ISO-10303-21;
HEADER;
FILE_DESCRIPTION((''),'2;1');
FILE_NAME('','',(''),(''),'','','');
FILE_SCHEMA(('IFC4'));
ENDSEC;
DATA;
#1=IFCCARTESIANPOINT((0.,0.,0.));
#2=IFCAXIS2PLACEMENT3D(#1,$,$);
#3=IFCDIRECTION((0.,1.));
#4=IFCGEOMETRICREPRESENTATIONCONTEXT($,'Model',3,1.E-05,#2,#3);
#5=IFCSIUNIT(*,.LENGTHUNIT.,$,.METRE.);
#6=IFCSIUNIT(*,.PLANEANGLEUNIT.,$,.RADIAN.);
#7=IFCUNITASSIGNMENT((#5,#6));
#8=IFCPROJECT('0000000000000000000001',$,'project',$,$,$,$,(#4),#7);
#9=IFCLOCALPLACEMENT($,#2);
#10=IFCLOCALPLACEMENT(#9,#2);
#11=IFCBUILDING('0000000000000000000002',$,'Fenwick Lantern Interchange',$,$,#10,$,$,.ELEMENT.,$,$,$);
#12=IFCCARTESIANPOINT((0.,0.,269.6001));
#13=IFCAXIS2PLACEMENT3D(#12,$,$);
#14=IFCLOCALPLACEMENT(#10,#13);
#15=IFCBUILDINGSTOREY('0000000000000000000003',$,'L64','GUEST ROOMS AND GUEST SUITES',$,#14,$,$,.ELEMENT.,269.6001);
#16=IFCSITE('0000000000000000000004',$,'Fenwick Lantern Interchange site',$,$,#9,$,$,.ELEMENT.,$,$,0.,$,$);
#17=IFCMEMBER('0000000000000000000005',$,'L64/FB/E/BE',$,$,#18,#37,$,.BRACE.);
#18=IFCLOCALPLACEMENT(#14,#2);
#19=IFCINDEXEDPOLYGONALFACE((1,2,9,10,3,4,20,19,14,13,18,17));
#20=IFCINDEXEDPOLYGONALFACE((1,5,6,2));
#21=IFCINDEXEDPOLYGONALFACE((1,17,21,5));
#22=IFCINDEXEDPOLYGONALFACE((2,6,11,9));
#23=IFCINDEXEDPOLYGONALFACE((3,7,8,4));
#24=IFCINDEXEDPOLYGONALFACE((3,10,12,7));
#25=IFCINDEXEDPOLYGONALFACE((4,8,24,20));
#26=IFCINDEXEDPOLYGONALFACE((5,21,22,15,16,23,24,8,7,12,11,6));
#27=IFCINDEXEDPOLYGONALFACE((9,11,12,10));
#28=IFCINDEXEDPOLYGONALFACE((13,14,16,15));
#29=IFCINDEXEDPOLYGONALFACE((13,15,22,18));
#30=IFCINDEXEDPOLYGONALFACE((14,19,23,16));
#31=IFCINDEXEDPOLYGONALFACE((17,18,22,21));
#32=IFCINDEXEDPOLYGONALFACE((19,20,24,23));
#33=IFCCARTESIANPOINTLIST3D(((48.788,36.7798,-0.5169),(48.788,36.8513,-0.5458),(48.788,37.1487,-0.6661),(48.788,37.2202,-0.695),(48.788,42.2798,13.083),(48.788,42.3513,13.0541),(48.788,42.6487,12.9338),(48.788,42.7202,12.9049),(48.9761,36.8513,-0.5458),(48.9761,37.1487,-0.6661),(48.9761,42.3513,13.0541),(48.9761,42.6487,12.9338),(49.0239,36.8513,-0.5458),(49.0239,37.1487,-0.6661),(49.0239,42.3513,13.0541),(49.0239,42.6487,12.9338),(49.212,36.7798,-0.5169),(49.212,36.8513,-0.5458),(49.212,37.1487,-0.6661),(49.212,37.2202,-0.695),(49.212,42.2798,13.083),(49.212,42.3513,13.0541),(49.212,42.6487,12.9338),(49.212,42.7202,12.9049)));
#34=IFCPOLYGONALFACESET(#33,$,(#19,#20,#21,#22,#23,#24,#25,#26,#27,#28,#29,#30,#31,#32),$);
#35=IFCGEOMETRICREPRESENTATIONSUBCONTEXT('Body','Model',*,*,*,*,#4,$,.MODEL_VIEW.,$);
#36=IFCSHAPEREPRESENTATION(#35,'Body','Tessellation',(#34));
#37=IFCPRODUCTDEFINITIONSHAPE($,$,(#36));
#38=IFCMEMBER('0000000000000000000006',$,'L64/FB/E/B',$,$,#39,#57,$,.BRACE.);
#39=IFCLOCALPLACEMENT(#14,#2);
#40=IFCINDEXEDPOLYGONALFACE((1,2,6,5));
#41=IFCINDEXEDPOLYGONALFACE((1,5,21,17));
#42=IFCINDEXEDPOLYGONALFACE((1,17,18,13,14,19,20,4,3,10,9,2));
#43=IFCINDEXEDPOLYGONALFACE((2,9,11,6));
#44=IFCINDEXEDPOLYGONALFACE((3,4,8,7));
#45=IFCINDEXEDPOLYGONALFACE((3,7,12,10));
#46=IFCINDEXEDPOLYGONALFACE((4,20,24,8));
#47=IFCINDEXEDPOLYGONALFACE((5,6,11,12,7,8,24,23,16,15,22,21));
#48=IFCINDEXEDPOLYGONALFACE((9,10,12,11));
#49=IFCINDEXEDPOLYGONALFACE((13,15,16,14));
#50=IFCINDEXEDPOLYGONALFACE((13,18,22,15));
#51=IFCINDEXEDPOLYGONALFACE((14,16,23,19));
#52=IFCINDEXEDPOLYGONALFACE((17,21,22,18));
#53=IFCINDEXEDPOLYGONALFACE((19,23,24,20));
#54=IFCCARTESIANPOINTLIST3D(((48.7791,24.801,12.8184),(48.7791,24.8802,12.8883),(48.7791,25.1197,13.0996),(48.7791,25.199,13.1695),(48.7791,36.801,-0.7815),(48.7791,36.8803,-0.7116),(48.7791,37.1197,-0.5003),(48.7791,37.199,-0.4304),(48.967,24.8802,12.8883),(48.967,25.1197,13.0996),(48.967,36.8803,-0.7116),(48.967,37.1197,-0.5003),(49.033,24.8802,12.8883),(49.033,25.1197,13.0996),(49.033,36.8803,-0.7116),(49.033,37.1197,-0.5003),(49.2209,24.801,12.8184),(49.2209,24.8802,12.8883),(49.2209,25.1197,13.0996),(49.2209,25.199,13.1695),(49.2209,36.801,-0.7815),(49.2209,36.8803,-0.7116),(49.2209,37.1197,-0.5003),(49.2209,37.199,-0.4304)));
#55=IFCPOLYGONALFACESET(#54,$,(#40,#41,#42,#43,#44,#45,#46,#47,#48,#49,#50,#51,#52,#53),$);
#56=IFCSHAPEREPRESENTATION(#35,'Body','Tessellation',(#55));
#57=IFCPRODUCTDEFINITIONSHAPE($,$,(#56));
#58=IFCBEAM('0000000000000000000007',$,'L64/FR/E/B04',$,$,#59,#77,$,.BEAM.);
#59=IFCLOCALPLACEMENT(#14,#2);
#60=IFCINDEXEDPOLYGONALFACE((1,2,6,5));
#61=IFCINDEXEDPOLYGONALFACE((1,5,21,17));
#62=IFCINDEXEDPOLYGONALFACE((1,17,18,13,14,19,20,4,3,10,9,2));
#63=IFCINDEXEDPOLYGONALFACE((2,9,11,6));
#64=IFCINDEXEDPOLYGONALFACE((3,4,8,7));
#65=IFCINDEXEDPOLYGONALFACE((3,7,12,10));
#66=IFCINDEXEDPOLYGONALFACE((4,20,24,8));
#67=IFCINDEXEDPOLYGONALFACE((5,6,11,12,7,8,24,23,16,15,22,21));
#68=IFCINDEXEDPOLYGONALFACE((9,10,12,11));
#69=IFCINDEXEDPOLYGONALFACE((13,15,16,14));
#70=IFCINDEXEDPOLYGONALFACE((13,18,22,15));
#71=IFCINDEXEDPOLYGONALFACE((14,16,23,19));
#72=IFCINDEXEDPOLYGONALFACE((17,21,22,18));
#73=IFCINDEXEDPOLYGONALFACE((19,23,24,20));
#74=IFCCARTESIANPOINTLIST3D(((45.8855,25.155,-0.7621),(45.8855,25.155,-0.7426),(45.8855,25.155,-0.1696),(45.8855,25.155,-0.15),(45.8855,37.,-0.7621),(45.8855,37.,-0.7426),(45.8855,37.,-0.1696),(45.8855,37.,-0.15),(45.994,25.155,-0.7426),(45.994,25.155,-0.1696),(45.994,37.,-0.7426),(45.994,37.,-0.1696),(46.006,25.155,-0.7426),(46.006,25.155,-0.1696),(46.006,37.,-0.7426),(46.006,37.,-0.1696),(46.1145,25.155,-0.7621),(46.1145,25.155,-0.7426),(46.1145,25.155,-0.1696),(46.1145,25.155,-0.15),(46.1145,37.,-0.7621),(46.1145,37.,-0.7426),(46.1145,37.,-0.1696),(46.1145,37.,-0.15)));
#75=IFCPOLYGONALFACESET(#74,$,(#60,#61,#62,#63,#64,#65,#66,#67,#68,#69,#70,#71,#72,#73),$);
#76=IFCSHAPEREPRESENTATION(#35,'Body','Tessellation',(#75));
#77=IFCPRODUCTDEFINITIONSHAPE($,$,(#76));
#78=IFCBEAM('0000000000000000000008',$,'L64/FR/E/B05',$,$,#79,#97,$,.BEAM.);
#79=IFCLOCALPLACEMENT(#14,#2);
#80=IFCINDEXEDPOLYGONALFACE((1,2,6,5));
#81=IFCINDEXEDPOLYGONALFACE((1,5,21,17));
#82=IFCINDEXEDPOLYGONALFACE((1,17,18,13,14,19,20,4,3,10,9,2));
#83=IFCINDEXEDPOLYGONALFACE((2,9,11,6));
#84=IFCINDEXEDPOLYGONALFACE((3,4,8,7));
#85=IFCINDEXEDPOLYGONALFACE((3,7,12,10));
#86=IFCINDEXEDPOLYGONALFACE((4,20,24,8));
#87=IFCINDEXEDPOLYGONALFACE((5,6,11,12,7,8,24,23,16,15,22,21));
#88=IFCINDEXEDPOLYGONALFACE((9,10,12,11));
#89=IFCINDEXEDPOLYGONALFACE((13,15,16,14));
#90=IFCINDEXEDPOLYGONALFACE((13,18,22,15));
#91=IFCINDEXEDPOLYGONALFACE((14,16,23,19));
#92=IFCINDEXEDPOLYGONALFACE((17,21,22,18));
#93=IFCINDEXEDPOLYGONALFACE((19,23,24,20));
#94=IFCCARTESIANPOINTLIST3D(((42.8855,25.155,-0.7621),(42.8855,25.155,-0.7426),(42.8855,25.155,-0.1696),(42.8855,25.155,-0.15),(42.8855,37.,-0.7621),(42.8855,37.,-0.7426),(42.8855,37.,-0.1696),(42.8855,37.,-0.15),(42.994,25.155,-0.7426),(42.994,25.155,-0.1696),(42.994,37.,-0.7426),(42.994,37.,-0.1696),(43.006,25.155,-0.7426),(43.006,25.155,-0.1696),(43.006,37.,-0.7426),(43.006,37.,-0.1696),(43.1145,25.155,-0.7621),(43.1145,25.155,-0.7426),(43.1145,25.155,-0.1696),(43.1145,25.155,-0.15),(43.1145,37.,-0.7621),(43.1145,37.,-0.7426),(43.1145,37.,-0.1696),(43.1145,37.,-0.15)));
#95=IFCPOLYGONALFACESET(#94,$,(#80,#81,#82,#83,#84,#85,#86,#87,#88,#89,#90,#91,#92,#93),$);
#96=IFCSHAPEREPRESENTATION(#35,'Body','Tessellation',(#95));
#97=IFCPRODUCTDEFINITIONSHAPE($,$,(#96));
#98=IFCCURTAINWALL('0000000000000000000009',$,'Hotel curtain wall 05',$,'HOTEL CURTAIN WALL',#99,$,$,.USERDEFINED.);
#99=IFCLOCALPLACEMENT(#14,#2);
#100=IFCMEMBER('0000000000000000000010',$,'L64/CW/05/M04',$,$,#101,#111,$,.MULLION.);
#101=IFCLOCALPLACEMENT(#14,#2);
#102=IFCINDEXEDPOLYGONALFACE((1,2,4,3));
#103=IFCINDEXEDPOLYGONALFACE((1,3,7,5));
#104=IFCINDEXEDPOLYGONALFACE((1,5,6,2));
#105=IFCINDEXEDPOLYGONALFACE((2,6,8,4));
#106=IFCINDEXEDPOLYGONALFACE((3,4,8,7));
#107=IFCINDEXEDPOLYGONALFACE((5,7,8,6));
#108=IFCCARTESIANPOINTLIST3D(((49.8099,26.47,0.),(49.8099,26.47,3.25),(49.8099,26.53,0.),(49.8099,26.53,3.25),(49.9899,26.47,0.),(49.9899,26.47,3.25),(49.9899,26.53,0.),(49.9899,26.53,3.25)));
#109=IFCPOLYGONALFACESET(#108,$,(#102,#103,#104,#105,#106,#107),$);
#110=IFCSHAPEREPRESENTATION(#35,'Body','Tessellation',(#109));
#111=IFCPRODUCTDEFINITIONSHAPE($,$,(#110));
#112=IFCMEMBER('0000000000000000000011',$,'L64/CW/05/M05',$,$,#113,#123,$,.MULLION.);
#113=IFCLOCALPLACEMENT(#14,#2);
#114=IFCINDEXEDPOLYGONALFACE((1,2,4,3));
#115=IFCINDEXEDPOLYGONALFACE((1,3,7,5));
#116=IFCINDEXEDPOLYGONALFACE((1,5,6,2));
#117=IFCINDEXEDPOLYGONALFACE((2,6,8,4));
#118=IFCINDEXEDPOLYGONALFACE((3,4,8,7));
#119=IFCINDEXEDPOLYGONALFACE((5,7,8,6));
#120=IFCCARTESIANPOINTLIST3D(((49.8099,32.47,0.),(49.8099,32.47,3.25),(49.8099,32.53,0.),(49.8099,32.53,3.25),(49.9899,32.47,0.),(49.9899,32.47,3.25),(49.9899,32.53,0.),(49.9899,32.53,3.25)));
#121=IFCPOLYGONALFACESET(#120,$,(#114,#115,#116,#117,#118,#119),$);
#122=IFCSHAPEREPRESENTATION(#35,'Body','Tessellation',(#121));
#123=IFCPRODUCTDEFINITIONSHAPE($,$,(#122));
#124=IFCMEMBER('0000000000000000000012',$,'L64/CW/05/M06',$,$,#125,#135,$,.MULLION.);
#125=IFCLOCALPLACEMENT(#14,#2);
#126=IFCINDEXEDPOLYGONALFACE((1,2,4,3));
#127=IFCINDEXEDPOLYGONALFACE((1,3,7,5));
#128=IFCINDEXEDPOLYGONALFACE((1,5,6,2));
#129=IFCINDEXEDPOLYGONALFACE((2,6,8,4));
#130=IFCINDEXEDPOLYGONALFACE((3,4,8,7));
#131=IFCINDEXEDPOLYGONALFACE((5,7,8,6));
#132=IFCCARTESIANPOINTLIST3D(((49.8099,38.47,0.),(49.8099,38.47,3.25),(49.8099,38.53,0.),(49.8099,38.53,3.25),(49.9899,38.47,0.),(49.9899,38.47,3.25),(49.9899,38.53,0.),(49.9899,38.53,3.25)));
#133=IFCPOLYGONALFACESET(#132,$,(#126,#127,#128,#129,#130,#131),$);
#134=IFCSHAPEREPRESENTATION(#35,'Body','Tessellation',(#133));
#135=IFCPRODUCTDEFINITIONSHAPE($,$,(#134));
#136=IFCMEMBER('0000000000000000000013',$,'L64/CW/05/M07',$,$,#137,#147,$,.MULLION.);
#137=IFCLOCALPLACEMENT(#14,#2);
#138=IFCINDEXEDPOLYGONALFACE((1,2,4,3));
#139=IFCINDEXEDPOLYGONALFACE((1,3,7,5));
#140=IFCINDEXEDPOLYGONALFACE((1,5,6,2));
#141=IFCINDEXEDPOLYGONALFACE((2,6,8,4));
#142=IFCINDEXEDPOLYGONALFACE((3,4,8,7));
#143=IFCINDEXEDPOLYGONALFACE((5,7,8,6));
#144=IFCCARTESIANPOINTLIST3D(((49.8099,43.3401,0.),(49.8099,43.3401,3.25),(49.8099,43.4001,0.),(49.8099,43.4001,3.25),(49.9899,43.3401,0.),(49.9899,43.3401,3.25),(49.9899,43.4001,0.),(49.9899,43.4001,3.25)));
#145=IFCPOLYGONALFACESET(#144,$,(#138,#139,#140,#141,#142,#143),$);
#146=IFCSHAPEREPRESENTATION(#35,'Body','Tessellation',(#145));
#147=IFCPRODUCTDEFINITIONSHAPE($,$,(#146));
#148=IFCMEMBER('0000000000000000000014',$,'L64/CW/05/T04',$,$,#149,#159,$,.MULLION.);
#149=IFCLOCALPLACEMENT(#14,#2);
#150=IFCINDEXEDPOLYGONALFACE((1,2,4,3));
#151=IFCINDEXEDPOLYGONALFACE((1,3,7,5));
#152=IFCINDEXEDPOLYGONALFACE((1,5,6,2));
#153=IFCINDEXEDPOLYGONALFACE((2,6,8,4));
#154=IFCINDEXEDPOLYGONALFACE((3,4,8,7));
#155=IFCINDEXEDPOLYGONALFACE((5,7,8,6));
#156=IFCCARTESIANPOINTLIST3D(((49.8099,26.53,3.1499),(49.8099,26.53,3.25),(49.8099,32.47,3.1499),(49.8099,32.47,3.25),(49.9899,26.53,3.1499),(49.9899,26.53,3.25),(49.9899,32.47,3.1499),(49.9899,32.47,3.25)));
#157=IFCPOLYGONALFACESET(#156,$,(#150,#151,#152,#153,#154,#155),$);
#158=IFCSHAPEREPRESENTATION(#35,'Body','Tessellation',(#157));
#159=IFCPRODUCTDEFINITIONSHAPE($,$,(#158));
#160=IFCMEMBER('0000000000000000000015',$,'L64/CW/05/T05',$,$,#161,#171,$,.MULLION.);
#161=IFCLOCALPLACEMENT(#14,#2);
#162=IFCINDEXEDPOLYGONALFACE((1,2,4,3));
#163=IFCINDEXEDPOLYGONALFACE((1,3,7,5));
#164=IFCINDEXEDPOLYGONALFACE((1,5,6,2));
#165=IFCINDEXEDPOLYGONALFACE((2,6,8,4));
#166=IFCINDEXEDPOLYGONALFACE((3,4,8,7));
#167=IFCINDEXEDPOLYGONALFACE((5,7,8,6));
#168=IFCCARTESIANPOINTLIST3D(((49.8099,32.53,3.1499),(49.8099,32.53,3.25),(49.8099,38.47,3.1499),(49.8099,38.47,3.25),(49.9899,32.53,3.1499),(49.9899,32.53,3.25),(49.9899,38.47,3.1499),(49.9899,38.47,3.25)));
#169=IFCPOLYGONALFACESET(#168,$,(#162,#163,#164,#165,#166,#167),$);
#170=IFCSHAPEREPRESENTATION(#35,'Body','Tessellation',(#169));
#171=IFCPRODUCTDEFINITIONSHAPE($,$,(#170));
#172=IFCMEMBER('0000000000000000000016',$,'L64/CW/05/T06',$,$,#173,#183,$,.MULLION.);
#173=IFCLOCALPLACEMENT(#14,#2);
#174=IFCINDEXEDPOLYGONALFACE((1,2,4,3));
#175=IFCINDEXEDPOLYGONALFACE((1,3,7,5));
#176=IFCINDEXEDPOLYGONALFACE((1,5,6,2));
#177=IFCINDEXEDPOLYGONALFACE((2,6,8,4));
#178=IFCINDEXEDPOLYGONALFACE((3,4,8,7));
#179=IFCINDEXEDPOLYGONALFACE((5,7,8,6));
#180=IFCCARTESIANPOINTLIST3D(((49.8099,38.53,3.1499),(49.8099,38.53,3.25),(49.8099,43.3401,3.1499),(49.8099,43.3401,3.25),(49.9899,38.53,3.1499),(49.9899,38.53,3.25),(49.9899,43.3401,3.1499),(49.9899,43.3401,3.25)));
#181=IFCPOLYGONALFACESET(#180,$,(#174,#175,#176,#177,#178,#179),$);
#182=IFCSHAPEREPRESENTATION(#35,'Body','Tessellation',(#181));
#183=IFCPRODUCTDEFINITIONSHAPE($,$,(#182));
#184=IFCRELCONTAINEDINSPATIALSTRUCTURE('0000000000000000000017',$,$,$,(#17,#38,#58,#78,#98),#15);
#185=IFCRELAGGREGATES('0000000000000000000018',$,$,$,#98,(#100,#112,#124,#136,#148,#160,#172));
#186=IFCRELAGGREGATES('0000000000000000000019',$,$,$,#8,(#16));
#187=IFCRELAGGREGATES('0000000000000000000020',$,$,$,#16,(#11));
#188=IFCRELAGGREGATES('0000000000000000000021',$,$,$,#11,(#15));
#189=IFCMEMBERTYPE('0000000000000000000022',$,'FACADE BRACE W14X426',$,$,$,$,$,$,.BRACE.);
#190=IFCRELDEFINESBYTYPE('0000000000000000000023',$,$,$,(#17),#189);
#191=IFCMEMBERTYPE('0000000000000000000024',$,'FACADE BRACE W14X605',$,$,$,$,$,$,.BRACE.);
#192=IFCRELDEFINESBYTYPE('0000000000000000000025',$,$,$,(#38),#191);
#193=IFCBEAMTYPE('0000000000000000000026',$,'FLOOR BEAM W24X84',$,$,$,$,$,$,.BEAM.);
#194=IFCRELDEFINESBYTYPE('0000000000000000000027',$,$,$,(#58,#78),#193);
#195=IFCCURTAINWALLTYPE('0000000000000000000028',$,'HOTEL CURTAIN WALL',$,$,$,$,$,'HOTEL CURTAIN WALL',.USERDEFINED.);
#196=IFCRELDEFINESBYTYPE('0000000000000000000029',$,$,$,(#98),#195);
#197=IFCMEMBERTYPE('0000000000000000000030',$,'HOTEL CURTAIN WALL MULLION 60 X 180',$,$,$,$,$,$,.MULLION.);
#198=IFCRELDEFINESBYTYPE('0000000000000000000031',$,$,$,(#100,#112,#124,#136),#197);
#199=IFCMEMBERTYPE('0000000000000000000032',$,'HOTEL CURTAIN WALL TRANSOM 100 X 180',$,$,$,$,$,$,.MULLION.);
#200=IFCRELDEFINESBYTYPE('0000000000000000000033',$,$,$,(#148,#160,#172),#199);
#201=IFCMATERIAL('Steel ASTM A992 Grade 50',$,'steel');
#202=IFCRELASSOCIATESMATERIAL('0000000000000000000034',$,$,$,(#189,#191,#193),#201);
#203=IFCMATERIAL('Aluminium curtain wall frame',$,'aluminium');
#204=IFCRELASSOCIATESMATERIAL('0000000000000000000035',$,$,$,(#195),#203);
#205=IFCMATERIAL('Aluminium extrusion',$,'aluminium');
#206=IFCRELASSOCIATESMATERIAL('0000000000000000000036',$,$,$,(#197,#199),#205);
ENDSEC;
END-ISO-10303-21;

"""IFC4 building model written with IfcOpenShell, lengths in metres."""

from ifc_helpers import new_model, si_unit, direction, frame, origin, origin_2d, place, context, subcontext, project, spatial, rectangle, i_section, extrude, material, material_profile, profile_set, type_object, element, aggregate, save


model = new_model("IFC4")

# Units and contexts
model_context = context("Model", 3, precision=1e-05, world=origin(), true_north=direction((0.0, 1.0)))
body_context = subcontext(model_context, "Body", "Model", "MODEL_VIEW")
ifc_project = project(units=[si_unit("LENGTHUNIT", "METRE"), si_unit("PLANEANGLEUNIT", "RADIAN")], contexts=[model_context])

# Site, building, storey
site_placement = place(None, origin())
site = spatial("IfcSite", under=ifc_project, at=site_placement, Name="Fenwick Lantern Interchange site", CompositionType="ELEMENT", RefElevation=0.0)
building_placement = place(site_placement, origin())
building = spatial("IfcBuilding", under=site, at=building_placement, Name="Fenwick Lantern Interchange", CompositionType="ELEMENT")
storey_placement = place(building_placement, frame((0.0, 0.0, 269.6001)))
storey = spatial("IfcBuildingStorey", under=building, at=storey_placement, Name="L64", Description="GUEST ROOMS AND GUEST SUITES", CompositionType="ELEMENT", Elevation=269.6001)

# Shared definitions
ifc_material_1 = material(Name="Steel ASTM A992 Grade 50", Category="steel")

# Members
ifc_material_profile_1 = material_profile(ifc_material_1, i_section(OverallWidth=0.4241, OverallDepth=0.4751, WebThickness=0.0479, FlangeThickness=0.0771, at=origin_2d()), Name="W14X426")
ifc_profile_set_1 = profile_set([ifc_material_profile_1], Name="Steel ASTM A992 Grade 50")
member_type_1 = type_object("IfcMemberType", Name="FACADE BRACE W14X426", PredefinedType="BRACE", material=ifc_profile_set_1)
member_1_placement = place(storey_placement, frame((49.0, 37.0, -0.606), z_axis=(0.0, 0.374917, 0.927058), x_axis=(-1.0, 0.0, 0.0)))
element("IfcMember", 1, at=member_1_placement, inside=storey, type_object=member_type_1, Name="L64/FB/E/BE", PredefinedType="BRACE", context=body_context, shape_type="SweptSolid", body=[
    extrude(i_section(OverallWidth=0.4241, OverallDepth=0.4751, WebThickness=0.0479, FlangeThickness=0.0771, at=origin_2d()), origin(), (0.0, 0.0, 1.0), 14.6699),
])
ifc_material_profile_2 = material_profile(ifc_material_1, i_section(OverallWidth=0.4419, OverallDepth=0.5308, WebThickness=0.0659, FlangeThickness=0.1057, at=origin_2d()), Name="W14X605")
ifc_profile_set_2 = profile_set([ifc_material_profile_2], Name="Steel ASTM A992 Grade 50")
member_type_2 = type_object("IfcMemberType", Name="FACADE BRACE W14X605", PredefinedType="BRACE", material=ifc_profile_set_2)
member_2_placement = place(storey_placement, frame((49.0, 37.0, -0.606), z_axis=(0.0, -0.661626, 0.749834), x_axis=(1.0, 0.0, 0.0)))
element("IfcMember", 2, at=member_2_placement, inside=storey, type_object=member_type_2, Name="L64/FB/E/B", PredefinedType="BRACE", context=body_context, shape_type="SweptSolid", body=[
    extrude(i_section(OverallWidth=0.4419, OverallDepth=0.5308, WebThickness=0.0659, FlangeThickness=0.1057, at=origin_2d()), origin(), (0.0, 0.0, 1.0), 18.1372),
])

# Beams
ifc_material_profile_3 = material_profile(ifc_material_1, i_section(OverallWidth=0.229, OverallDepth=0.6121, WebThickness=0.012, FlangeThickness=0.0195, at=origin_2d()), Name="W24X84")
ifc_profile_set_3 = profile_set([ifc_material_profile_3], Name="Steel ASTM A992 Grade 50")
beam_type_1 = type_object("IfcBeamType", Name="FLOOR BEAM W24X84", PredefinedType="BEAM", material=ifc_profile_set_3)
for number, where, z_axis, x_axis, name in (
    (3, (46.0, 25.155, -0.4561), (0.0, 1.0, 0.0), (-1.0, 0.0, 0.0), "L64/FR/E/B04"),
    (4, (43.0, 25.155, -0.4561), (0.0, 1.0, 0.0), (-1.0, 0.0, 0.0), "L64/FR/E/B05"),
):
    element("IfcBeam", number, at=place(storey_placement, frame(where, z_axis=z_axis, x_axis=x_axis)), inside=storey, type_object=beam_type_1, Name=name, PredefinedType="BEAM", context=body_context, shape_type="SweptSolid", body=[
        extrude(i_section(OverallWidth=0.229, OverallDepth=0.6121, WebThickness=0.012, FlangeThickness=0.0195, at=origin_2d()), origin(), (0.0, 0.0, 1.0), 11.845),
    ])

# Curtain wall, members
ifc_material_2 = material(Name="Aluminium curtain wall frame", Category="aluminium")
curtain_wall_type = type_object("IfcCurtainWallType", Name="HOTEL CURTAIN WALL", ElementType="HOTEL CURTAIN WALL", PredefinedType="USERDEFINED", material=ifc_material_2)
curtain_wall_placement = place(storey_placement, origin())
curtain_wall = element("IfcCurtainWall", 5, at=curtain_wall_placement, inside=storey, type_object=curtain_wall_type, Name="Hotel curtain wall 05", ObjectType="HOTEL CURTAIN WALL", PredefinedType="USERDEFINED")
ifc_material_3 = material(Name="Aluminium extrusion", Category="aluminium")
ifc_material_profile_4 = material_profile(ifc_material_3, rectangle(XDim=0.1799, YDim=0.0601, at=origin_2d()), Name="HOTEL CURTAIN WALL MULLION 60 X 180")
ifc_profile_set_4 = profile_set([ifc_material_profile_4], Name="Aluminium extrusion")
member_type_3 = type_object("IfcMemberType", Name="HOTEL CURTAIN WALL MULLION 60 X 180", PredefinedType="MULLION", material=ifc_profile_set_4)
member_3_placement = place(storey_placement, frame((49.8999, 26.5, 0.0), z_axis=(0.0, 0.0, 1.0), x_axis=(-1.0, 0.0, 0.0)))
member_3 = element("IfcMember", 6, at=member_3_placement, type_object=member_type_3, Name="L64/CW/05/M04", PredefinedType="MULLION", context=body_context, shape_type="SweptSolid", body=[
    extrude(rectangle(XDim=0.1799, YDim=0.0601, at=origin_2d()), origin(), (0.0, 0.0, 1.0), 3.25),
])
member_4_placement = place(storey_placement, frame((49.8999, 32.5, 0.0), z_axis=(0.0, 0.0, 1.0), x_axis=(-1.0, 0.0, 0.0)))
member_4 = element("IfcMember", 7, at=member_4_placement, type_object=member_type_3, Name="L64/CW/05/M05", PredefinedType="MULLION", context=body_context, shape_type="SweptSolid", body=[
    extrude(rectangle(XDim=0.1799, YDim=0.0601, at=origin_2d()), origin(), (0.0, 0.0, 1.0), 3.25),
])
member_5_placement = place(storey_placement, frame((49.8999, 38.5, 0.0), z_axis=(0.0, 0.0, 1.0), x_axis=(-1.0, 0.0, 0.0)))
member_5 = element("IfcMember", 8, at=member_5_placement, type_object=member_type_3, Name="L64/CW/05/M06", PredefinedType="MULLION", context=body_context, shape_type="SweptSolid", body=[
    extrude(rectangle(XDim=0.1799, YDim=0.0601, at=origin_2d()), origin(), (0.0, 0.0, 1.0), 3.25),
])
member_6_placement = place(storey_placement, frame((49.8999, 43.3701, 0.0), z_axis=(0.0, 0.0, 1.0), x_axis=(-1.0, 0.0, 0.0)))
member_6 = element("IfcMember", 9, at=member_6_placement, type_object=member_type_3, Name="L64/CW/05/M07", PredefinedType="MULLION", context=body_context, shape_type="SweptSolid", body=[
    extrude(rectangle(XDim=0.1799, YDim=0.0601, at=origin_2d()), origin(), (0.0, 0.0, 1.0), 3.25),
])
ifc_material_profile_5 = material_profile(ifc_material_3, rectangle(XDim=0.1799, YDim=0.1001, at=origin_2d()), Name="HOTEL CURTAIN WALL TRANSOM 100 X 180")
ifc_profile_set_5 = profile_set([ifc_material_profile_5], Name="Aluminium extrusion")
member_type_4 = type_object("IfcMemberType", Name="HOTEL CURTAIN WALL TRANSOM 100 X 180", PredefinedType="MULLION", material=ifc_profile_set_5)
member_7_placement = place(storey_placement, frame((49.8999, 26.53, 3.2), z_axis=(0.0, 1.0, 0.0), x_axis=(-1.0, 0.0, 0.0)))
member_7 = element("IfcMember", 10, at=member_7_placement, type_object=member_type_4, Name="L64/CW/05/T04", PredefinedType="MULLION", context=body_context, shape_type="SweptSolid", body=[
    extrude(rectangle(XDim=0.1799, YDim=0.1001, at=origin_2d()), origin(), (0.0, 0.0, 1.0), 5.9399),
])
member_8_placement = place(storey_placement, frame((49.8999, 32.53, 3.2), z_axis=(0.0, 1.0, 0.0), x_axis=(-1.0, 0.0, 0.0)))
member_8 = element("IfcMember", 11, at=member_8_placement, type_object=member_type_4, Name="L64/CW/05/T05", PredefinedType="MULLION", context=body_context, shape_type="SweptSolid", body=[
    extrude(rectangle(XDim=0.1799, YDim=0.1001, at=origin_2d()), origin(), (0.0, 0.0, 1.0), 5.9399),
])
member_9_placement = place(storey_placement, frame((49.8999, 38.53, 3.2), z_axis=(0.0, 1.0, 0.0), x_axis=(-1.0, 0.0, 0.0)))
member_9 = element("IfcMember", 12, at=member_9_placement, type_object=member_type_4, Name="L64/CW/05/T06", PredefinedType="MULLION", context=body_context, shape_type="SweptSolid", body=[
    extrude(rectangle(XDim=0.1799, YDim=0.1001, at=origin_2d()), origin(), (0.0, 0.0, 1.0), 4.8101),
])
aggregate(curtain_wall, [member_3, member_4, member_5, member_6, member_7, member_8, member_9])

save(model, "model.ifc")
